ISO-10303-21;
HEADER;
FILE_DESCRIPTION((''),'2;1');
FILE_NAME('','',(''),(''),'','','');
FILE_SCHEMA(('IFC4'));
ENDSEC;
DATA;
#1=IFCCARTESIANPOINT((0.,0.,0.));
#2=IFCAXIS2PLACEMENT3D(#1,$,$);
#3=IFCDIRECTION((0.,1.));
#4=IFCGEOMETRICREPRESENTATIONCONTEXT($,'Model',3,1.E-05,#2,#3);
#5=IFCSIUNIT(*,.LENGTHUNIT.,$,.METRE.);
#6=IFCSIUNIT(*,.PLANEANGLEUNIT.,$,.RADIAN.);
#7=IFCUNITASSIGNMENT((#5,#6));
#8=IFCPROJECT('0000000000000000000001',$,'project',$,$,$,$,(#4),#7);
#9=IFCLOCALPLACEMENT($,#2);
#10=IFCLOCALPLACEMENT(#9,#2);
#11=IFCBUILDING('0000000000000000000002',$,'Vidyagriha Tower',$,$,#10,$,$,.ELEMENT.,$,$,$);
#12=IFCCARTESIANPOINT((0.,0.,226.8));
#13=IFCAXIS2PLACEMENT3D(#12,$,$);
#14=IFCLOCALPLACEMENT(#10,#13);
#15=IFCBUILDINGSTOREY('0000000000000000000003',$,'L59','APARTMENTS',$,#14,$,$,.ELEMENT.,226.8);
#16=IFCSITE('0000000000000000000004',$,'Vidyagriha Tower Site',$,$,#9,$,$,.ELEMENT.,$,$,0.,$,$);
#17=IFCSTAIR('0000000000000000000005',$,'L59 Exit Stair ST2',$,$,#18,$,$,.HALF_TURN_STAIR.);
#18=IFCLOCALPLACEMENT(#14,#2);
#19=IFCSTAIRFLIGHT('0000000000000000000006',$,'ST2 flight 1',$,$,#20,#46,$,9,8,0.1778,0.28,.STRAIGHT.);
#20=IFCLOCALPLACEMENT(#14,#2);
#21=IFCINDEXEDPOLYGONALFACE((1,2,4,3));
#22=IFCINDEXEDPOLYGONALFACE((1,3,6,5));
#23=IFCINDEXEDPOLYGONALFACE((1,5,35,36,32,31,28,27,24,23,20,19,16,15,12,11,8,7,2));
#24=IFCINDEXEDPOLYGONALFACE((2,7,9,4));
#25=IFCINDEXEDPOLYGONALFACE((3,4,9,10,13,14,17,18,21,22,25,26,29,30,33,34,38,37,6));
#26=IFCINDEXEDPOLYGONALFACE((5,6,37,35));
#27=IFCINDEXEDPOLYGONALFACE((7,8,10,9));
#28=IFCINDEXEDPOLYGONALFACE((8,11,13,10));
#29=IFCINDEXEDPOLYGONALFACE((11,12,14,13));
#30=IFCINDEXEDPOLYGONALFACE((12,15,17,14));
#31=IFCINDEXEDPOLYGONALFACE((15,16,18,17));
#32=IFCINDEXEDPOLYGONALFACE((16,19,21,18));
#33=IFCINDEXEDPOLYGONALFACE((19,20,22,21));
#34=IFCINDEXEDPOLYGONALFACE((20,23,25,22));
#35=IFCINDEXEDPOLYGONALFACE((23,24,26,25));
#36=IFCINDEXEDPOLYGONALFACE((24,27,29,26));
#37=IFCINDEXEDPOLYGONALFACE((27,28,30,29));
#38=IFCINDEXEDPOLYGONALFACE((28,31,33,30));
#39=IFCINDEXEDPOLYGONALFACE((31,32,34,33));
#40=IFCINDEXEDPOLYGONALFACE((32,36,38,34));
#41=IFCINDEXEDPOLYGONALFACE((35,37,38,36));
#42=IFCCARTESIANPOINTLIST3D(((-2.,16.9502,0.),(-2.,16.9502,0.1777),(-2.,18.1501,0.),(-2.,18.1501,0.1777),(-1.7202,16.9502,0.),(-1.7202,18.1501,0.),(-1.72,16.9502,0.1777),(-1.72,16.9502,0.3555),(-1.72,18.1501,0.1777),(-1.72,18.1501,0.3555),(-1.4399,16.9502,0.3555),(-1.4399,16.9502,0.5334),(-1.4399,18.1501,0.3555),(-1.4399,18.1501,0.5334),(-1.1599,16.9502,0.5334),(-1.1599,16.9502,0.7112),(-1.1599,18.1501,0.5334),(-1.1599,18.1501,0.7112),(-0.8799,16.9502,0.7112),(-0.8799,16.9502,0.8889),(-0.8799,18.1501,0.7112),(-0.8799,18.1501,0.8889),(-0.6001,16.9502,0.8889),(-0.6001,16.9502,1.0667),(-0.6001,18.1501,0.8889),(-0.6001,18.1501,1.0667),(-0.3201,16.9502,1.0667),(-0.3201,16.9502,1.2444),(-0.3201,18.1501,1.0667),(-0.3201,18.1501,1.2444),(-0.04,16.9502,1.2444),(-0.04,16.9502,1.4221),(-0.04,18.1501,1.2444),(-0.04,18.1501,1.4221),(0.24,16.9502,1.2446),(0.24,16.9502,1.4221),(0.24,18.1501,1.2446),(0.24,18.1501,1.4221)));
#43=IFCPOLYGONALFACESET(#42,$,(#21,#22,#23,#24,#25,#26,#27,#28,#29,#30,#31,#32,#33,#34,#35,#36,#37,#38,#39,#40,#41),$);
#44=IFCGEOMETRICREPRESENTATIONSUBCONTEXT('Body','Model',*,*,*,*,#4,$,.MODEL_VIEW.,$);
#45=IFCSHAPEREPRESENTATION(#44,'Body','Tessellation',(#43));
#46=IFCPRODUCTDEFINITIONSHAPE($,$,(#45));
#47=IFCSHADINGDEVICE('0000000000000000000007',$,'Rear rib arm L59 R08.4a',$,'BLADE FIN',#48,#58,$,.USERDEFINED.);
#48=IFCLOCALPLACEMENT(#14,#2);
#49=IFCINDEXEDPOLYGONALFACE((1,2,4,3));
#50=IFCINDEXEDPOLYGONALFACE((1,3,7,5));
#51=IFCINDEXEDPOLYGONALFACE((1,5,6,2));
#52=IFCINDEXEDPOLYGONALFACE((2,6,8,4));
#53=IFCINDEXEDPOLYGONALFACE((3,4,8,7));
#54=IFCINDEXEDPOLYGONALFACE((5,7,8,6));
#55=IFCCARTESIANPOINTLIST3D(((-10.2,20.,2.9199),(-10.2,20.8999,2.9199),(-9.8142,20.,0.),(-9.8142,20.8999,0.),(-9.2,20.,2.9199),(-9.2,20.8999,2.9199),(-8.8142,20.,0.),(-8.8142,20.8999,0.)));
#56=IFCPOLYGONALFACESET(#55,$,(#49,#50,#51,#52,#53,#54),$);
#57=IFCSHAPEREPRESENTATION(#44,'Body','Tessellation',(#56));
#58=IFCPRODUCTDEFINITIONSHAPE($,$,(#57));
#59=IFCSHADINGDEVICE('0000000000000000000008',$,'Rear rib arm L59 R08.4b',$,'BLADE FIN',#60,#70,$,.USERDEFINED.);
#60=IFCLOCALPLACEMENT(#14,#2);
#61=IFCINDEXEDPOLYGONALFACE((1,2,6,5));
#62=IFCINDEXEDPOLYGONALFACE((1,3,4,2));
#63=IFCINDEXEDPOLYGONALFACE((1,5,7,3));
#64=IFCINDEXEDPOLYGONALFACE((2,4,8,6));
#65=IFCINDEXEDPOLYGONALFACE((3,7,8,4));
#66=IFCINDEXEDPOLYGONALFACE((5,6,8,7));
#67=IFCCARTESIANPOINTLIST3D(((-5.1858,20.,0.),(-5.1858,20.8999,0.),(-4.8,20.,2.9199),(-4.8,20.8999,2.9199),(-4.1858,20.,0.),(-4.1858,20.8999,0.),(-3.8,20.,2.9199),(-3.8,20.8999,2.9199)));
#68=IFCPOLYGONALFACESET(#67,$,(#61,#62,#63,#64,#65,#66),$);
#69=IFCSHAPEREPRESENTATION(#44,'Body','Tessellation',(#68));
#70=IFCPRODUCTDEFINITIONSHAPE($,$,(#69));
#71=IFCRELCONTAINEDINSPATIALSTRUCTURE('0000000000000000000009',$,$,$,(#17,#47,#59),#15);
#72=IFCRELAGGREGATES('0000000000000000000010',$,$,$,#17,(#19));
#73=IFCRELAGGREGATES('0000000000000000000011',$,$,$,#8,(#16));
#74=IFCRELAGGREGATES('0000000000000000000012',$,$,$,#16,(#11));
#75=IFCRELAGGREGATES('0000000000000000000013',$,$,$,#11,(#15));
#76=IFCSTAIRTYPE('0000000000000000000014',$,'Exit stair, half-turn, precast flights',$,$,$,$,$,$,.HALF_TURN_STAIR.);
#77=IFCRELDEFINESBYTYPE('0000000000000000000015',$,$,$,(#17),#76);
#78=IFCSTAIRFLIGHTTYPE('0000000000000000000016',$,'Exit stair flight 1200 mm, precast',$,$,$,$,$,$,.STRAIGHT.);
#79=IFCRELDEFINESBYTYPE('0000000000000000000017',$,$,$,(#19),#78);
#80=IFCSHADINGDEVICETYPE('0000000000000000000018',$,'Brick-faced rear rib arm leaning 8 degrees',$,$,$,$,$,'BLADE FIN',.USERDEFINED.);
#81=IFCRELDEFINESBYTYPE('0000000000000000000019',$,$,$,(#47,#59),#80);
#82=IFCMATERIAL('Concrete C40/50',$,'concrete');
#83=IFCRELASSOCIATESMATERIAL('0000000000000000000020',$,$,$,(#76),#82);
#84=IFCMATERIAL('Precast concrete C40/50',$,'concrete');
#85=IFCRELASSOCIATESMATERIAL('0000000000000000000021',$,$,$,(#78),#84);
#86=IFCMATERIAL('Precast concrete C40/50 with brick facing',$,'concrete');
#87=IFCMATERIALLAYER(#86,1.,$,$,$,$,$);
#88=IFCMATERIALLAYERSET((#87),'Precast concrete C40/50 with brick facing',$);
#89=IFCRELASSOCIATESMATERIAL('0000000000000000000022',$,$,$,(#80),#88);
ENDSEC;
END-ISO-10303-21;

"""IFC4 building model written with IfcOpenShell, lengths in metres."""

from ifc_helpers import new_model, si_unit, direction, frame, origin, place, context, subcontext, project, spatial, polyline, outline, extrude, material, layer, layer_set, type_object, element, aggregate, save


model = new_model("IFC4")

# Units and contexts
model_context = context("Model", 3, precision=1e-05, world=origin(), true_north=direction((0.0, 1.0)))
body_context = subcontext(model_context, "Body", "Model", "MODEL_VIEW")
ifc_project = project(units=[si_unit("LENGTHUNIT", "METRE"), si_unit("PLANEANGLEUNIT", "RADIAN")], contexts=[model_context])

# Site, building, storey
site_placement = place(None, origin())
site = spatial("IfcSite", under=ifc_project, at=site_placement, Name="Vidyagriha Tower Site", CompositionType="ELEMENT", RefElevation=0.0)
building_placement = place(site_placement, origin())
building = spatial("IfcBuilding", under=site, at=building_placement, Name="Vidyagriha Tower", CompositionType="ELEMENT")
storey_placement = place(building_placement, frame((0.0, 0.0, 226.8)))
storey = spatial("IfcBuildingStorey", under=building, at=storey_placement, Name="L59", Description="APARTMENTS", CompositionType="ELEMENT", Elevation=226.8)

# Shared definitions
ifc_material_1 = material(Name="Concrete C40/50", Category="concrete")
stair_type = type_object("IfcStairType", Name="Exit stair, half-turn, precast flights", PredefinedType="HALF_TURN_STAIR", material=ifc_material_1)
ifc_material_2 = material(Name="Precast concrete C40/50", Category="concrete")
stair_flight_type = type_object("IfcStairFlightType", Name="Exit stair flight 1200 mm, precast", PredefinedType="STRAIGHT", material=ifc_material_2)

# Stair, stair flight
stair_1_placement = place(storey_placement, origin())
stair_1 = element("IfcStair", 1, at=stair_1_placement, inside=storey, type_object=stair_type, Name="L59 Exit Stair ST2", PredefinedType="HALF_TURN_STAIR")
stair_flight_1_placement = place(storey_placement, frame((-2.0, 17.55, 0.0)))
stair_flight_1 = element("IfcStairFlight", 2, at=stair_flight_1_placement, type_object=stair_flight_type, Name="ST2 flight 1", NumberOfRisers=9, NumberOfTreads=8, PredefinedType="STRAIGHT", RiserHeight=0.1778, TreadLength=0.28, context=body_context, shape_type="SweptSolid", body=[
    extrude(outline(polyline([(0.0, 0.0), (0.0, 0.1777), (0.28, 0.1777), (0.28, 0.3555), (0.5601, 0.3555), (0.5601, 0.5334), (0.8401, 0.5334), (0.8401, 0.7112), (1.1201, 0.7112), (1.1201, 0.8889), (1.3999, 0.8889), (1.3999, 1.0667), (1.6799, 1.0667), (1.6799, 1.2444), (1.96, 1.2444), (1.96, 1.4221), (2.24, 1.4221), (2.24, 1.6001), (2.24, 1.2446), (0.2798, 0.0), (0.0, 0.0)])), frame((0.0, 0.6001, 0.0), z_axis=(0.0, -1.0, 0.0), x_axis=(1.0, 0.0, 0.0)), (0.0, 0.0, 1.0), 1.2),
])
aggregate(stair_1, [stair_flight_1])

# Shading devices
ifc_material_3 = material(Name="Precast concrete C40/50 with brick facing", Category="concrete")
ifc_layer_1 = layer(ifc_material_3, 1.0)
ifc_layer_set_1 = layer_set([ifc_layer_1], Name="Precast concrete C40/50 with brick facing")
shading_device_type = type_object("IfcShadingDeviceType", Name="Brick-faced rear rib arm leaning 8 degrees", ElementType="BLADE FIN", PredefinedType="USERDEFINED", material=ifc_layer_set_1)
shading_device_1_placement = place(storey_placement, frame((-8.8142, 20.45, 0.0), z_axis=(0.0, 0.0, 1.0), x_axis=(-1.0, 0.0, 0.0)))
element("IfcShadingDevice", 3, at=shading_device_1_placement, inside=storey, type_object=shading_device_type, Name="Rear rib arm L59 R08.4a", ObjectType="BLADE FIN", PredefinedType="USERDEFINED", context=body_context, shape_type="SweptSolid", body=[
    extrude(outline(polyline([(0.0, 0.0), (1.0, 0.0), (1.3857, 2.9199), (0.3857, 2.9199), (0.0, 0.0)])), frame((0.0, 0.45, 0.0), z_axis=(0.0, -1.0, 0.0), x_axis=(1.0, 0.0, 0.0)), (0.0, 0.0, 1.0), 0.8999),
])
shading_device_2_placement = place(storey_placement, frame((-3.8, 20.45, 0.0), z_axis=(0.0, 0.0, 1.0), x_axis=(-1.0, 0.0, 0.0)))
element("IfcShadingDevice", 4, at=shading_device_2_placement, inside=storey, type_object=shading_device_type, Name="Rear rib arm L59 R08.4b", ObjectType="BLADE FIN", PredefinedType="USERDEFINED", context=body_context, shape_type="SweptSolid", body=[
    extrude(outline(polyline([(0.3857, 0.0), (1.3857, 0.0), (1.0, 2.9199), (0.0, 2.9199), (0.3857, 0.0)])), frame((0.0, 0.45, 0.0), z_axis=(0.0, -1.0, 0.0), x_axis=(1.0, 0.0, 0.0)), (0.0, 0.0, 1.0), 0.8999),
])

save(model, "model.ifc")
